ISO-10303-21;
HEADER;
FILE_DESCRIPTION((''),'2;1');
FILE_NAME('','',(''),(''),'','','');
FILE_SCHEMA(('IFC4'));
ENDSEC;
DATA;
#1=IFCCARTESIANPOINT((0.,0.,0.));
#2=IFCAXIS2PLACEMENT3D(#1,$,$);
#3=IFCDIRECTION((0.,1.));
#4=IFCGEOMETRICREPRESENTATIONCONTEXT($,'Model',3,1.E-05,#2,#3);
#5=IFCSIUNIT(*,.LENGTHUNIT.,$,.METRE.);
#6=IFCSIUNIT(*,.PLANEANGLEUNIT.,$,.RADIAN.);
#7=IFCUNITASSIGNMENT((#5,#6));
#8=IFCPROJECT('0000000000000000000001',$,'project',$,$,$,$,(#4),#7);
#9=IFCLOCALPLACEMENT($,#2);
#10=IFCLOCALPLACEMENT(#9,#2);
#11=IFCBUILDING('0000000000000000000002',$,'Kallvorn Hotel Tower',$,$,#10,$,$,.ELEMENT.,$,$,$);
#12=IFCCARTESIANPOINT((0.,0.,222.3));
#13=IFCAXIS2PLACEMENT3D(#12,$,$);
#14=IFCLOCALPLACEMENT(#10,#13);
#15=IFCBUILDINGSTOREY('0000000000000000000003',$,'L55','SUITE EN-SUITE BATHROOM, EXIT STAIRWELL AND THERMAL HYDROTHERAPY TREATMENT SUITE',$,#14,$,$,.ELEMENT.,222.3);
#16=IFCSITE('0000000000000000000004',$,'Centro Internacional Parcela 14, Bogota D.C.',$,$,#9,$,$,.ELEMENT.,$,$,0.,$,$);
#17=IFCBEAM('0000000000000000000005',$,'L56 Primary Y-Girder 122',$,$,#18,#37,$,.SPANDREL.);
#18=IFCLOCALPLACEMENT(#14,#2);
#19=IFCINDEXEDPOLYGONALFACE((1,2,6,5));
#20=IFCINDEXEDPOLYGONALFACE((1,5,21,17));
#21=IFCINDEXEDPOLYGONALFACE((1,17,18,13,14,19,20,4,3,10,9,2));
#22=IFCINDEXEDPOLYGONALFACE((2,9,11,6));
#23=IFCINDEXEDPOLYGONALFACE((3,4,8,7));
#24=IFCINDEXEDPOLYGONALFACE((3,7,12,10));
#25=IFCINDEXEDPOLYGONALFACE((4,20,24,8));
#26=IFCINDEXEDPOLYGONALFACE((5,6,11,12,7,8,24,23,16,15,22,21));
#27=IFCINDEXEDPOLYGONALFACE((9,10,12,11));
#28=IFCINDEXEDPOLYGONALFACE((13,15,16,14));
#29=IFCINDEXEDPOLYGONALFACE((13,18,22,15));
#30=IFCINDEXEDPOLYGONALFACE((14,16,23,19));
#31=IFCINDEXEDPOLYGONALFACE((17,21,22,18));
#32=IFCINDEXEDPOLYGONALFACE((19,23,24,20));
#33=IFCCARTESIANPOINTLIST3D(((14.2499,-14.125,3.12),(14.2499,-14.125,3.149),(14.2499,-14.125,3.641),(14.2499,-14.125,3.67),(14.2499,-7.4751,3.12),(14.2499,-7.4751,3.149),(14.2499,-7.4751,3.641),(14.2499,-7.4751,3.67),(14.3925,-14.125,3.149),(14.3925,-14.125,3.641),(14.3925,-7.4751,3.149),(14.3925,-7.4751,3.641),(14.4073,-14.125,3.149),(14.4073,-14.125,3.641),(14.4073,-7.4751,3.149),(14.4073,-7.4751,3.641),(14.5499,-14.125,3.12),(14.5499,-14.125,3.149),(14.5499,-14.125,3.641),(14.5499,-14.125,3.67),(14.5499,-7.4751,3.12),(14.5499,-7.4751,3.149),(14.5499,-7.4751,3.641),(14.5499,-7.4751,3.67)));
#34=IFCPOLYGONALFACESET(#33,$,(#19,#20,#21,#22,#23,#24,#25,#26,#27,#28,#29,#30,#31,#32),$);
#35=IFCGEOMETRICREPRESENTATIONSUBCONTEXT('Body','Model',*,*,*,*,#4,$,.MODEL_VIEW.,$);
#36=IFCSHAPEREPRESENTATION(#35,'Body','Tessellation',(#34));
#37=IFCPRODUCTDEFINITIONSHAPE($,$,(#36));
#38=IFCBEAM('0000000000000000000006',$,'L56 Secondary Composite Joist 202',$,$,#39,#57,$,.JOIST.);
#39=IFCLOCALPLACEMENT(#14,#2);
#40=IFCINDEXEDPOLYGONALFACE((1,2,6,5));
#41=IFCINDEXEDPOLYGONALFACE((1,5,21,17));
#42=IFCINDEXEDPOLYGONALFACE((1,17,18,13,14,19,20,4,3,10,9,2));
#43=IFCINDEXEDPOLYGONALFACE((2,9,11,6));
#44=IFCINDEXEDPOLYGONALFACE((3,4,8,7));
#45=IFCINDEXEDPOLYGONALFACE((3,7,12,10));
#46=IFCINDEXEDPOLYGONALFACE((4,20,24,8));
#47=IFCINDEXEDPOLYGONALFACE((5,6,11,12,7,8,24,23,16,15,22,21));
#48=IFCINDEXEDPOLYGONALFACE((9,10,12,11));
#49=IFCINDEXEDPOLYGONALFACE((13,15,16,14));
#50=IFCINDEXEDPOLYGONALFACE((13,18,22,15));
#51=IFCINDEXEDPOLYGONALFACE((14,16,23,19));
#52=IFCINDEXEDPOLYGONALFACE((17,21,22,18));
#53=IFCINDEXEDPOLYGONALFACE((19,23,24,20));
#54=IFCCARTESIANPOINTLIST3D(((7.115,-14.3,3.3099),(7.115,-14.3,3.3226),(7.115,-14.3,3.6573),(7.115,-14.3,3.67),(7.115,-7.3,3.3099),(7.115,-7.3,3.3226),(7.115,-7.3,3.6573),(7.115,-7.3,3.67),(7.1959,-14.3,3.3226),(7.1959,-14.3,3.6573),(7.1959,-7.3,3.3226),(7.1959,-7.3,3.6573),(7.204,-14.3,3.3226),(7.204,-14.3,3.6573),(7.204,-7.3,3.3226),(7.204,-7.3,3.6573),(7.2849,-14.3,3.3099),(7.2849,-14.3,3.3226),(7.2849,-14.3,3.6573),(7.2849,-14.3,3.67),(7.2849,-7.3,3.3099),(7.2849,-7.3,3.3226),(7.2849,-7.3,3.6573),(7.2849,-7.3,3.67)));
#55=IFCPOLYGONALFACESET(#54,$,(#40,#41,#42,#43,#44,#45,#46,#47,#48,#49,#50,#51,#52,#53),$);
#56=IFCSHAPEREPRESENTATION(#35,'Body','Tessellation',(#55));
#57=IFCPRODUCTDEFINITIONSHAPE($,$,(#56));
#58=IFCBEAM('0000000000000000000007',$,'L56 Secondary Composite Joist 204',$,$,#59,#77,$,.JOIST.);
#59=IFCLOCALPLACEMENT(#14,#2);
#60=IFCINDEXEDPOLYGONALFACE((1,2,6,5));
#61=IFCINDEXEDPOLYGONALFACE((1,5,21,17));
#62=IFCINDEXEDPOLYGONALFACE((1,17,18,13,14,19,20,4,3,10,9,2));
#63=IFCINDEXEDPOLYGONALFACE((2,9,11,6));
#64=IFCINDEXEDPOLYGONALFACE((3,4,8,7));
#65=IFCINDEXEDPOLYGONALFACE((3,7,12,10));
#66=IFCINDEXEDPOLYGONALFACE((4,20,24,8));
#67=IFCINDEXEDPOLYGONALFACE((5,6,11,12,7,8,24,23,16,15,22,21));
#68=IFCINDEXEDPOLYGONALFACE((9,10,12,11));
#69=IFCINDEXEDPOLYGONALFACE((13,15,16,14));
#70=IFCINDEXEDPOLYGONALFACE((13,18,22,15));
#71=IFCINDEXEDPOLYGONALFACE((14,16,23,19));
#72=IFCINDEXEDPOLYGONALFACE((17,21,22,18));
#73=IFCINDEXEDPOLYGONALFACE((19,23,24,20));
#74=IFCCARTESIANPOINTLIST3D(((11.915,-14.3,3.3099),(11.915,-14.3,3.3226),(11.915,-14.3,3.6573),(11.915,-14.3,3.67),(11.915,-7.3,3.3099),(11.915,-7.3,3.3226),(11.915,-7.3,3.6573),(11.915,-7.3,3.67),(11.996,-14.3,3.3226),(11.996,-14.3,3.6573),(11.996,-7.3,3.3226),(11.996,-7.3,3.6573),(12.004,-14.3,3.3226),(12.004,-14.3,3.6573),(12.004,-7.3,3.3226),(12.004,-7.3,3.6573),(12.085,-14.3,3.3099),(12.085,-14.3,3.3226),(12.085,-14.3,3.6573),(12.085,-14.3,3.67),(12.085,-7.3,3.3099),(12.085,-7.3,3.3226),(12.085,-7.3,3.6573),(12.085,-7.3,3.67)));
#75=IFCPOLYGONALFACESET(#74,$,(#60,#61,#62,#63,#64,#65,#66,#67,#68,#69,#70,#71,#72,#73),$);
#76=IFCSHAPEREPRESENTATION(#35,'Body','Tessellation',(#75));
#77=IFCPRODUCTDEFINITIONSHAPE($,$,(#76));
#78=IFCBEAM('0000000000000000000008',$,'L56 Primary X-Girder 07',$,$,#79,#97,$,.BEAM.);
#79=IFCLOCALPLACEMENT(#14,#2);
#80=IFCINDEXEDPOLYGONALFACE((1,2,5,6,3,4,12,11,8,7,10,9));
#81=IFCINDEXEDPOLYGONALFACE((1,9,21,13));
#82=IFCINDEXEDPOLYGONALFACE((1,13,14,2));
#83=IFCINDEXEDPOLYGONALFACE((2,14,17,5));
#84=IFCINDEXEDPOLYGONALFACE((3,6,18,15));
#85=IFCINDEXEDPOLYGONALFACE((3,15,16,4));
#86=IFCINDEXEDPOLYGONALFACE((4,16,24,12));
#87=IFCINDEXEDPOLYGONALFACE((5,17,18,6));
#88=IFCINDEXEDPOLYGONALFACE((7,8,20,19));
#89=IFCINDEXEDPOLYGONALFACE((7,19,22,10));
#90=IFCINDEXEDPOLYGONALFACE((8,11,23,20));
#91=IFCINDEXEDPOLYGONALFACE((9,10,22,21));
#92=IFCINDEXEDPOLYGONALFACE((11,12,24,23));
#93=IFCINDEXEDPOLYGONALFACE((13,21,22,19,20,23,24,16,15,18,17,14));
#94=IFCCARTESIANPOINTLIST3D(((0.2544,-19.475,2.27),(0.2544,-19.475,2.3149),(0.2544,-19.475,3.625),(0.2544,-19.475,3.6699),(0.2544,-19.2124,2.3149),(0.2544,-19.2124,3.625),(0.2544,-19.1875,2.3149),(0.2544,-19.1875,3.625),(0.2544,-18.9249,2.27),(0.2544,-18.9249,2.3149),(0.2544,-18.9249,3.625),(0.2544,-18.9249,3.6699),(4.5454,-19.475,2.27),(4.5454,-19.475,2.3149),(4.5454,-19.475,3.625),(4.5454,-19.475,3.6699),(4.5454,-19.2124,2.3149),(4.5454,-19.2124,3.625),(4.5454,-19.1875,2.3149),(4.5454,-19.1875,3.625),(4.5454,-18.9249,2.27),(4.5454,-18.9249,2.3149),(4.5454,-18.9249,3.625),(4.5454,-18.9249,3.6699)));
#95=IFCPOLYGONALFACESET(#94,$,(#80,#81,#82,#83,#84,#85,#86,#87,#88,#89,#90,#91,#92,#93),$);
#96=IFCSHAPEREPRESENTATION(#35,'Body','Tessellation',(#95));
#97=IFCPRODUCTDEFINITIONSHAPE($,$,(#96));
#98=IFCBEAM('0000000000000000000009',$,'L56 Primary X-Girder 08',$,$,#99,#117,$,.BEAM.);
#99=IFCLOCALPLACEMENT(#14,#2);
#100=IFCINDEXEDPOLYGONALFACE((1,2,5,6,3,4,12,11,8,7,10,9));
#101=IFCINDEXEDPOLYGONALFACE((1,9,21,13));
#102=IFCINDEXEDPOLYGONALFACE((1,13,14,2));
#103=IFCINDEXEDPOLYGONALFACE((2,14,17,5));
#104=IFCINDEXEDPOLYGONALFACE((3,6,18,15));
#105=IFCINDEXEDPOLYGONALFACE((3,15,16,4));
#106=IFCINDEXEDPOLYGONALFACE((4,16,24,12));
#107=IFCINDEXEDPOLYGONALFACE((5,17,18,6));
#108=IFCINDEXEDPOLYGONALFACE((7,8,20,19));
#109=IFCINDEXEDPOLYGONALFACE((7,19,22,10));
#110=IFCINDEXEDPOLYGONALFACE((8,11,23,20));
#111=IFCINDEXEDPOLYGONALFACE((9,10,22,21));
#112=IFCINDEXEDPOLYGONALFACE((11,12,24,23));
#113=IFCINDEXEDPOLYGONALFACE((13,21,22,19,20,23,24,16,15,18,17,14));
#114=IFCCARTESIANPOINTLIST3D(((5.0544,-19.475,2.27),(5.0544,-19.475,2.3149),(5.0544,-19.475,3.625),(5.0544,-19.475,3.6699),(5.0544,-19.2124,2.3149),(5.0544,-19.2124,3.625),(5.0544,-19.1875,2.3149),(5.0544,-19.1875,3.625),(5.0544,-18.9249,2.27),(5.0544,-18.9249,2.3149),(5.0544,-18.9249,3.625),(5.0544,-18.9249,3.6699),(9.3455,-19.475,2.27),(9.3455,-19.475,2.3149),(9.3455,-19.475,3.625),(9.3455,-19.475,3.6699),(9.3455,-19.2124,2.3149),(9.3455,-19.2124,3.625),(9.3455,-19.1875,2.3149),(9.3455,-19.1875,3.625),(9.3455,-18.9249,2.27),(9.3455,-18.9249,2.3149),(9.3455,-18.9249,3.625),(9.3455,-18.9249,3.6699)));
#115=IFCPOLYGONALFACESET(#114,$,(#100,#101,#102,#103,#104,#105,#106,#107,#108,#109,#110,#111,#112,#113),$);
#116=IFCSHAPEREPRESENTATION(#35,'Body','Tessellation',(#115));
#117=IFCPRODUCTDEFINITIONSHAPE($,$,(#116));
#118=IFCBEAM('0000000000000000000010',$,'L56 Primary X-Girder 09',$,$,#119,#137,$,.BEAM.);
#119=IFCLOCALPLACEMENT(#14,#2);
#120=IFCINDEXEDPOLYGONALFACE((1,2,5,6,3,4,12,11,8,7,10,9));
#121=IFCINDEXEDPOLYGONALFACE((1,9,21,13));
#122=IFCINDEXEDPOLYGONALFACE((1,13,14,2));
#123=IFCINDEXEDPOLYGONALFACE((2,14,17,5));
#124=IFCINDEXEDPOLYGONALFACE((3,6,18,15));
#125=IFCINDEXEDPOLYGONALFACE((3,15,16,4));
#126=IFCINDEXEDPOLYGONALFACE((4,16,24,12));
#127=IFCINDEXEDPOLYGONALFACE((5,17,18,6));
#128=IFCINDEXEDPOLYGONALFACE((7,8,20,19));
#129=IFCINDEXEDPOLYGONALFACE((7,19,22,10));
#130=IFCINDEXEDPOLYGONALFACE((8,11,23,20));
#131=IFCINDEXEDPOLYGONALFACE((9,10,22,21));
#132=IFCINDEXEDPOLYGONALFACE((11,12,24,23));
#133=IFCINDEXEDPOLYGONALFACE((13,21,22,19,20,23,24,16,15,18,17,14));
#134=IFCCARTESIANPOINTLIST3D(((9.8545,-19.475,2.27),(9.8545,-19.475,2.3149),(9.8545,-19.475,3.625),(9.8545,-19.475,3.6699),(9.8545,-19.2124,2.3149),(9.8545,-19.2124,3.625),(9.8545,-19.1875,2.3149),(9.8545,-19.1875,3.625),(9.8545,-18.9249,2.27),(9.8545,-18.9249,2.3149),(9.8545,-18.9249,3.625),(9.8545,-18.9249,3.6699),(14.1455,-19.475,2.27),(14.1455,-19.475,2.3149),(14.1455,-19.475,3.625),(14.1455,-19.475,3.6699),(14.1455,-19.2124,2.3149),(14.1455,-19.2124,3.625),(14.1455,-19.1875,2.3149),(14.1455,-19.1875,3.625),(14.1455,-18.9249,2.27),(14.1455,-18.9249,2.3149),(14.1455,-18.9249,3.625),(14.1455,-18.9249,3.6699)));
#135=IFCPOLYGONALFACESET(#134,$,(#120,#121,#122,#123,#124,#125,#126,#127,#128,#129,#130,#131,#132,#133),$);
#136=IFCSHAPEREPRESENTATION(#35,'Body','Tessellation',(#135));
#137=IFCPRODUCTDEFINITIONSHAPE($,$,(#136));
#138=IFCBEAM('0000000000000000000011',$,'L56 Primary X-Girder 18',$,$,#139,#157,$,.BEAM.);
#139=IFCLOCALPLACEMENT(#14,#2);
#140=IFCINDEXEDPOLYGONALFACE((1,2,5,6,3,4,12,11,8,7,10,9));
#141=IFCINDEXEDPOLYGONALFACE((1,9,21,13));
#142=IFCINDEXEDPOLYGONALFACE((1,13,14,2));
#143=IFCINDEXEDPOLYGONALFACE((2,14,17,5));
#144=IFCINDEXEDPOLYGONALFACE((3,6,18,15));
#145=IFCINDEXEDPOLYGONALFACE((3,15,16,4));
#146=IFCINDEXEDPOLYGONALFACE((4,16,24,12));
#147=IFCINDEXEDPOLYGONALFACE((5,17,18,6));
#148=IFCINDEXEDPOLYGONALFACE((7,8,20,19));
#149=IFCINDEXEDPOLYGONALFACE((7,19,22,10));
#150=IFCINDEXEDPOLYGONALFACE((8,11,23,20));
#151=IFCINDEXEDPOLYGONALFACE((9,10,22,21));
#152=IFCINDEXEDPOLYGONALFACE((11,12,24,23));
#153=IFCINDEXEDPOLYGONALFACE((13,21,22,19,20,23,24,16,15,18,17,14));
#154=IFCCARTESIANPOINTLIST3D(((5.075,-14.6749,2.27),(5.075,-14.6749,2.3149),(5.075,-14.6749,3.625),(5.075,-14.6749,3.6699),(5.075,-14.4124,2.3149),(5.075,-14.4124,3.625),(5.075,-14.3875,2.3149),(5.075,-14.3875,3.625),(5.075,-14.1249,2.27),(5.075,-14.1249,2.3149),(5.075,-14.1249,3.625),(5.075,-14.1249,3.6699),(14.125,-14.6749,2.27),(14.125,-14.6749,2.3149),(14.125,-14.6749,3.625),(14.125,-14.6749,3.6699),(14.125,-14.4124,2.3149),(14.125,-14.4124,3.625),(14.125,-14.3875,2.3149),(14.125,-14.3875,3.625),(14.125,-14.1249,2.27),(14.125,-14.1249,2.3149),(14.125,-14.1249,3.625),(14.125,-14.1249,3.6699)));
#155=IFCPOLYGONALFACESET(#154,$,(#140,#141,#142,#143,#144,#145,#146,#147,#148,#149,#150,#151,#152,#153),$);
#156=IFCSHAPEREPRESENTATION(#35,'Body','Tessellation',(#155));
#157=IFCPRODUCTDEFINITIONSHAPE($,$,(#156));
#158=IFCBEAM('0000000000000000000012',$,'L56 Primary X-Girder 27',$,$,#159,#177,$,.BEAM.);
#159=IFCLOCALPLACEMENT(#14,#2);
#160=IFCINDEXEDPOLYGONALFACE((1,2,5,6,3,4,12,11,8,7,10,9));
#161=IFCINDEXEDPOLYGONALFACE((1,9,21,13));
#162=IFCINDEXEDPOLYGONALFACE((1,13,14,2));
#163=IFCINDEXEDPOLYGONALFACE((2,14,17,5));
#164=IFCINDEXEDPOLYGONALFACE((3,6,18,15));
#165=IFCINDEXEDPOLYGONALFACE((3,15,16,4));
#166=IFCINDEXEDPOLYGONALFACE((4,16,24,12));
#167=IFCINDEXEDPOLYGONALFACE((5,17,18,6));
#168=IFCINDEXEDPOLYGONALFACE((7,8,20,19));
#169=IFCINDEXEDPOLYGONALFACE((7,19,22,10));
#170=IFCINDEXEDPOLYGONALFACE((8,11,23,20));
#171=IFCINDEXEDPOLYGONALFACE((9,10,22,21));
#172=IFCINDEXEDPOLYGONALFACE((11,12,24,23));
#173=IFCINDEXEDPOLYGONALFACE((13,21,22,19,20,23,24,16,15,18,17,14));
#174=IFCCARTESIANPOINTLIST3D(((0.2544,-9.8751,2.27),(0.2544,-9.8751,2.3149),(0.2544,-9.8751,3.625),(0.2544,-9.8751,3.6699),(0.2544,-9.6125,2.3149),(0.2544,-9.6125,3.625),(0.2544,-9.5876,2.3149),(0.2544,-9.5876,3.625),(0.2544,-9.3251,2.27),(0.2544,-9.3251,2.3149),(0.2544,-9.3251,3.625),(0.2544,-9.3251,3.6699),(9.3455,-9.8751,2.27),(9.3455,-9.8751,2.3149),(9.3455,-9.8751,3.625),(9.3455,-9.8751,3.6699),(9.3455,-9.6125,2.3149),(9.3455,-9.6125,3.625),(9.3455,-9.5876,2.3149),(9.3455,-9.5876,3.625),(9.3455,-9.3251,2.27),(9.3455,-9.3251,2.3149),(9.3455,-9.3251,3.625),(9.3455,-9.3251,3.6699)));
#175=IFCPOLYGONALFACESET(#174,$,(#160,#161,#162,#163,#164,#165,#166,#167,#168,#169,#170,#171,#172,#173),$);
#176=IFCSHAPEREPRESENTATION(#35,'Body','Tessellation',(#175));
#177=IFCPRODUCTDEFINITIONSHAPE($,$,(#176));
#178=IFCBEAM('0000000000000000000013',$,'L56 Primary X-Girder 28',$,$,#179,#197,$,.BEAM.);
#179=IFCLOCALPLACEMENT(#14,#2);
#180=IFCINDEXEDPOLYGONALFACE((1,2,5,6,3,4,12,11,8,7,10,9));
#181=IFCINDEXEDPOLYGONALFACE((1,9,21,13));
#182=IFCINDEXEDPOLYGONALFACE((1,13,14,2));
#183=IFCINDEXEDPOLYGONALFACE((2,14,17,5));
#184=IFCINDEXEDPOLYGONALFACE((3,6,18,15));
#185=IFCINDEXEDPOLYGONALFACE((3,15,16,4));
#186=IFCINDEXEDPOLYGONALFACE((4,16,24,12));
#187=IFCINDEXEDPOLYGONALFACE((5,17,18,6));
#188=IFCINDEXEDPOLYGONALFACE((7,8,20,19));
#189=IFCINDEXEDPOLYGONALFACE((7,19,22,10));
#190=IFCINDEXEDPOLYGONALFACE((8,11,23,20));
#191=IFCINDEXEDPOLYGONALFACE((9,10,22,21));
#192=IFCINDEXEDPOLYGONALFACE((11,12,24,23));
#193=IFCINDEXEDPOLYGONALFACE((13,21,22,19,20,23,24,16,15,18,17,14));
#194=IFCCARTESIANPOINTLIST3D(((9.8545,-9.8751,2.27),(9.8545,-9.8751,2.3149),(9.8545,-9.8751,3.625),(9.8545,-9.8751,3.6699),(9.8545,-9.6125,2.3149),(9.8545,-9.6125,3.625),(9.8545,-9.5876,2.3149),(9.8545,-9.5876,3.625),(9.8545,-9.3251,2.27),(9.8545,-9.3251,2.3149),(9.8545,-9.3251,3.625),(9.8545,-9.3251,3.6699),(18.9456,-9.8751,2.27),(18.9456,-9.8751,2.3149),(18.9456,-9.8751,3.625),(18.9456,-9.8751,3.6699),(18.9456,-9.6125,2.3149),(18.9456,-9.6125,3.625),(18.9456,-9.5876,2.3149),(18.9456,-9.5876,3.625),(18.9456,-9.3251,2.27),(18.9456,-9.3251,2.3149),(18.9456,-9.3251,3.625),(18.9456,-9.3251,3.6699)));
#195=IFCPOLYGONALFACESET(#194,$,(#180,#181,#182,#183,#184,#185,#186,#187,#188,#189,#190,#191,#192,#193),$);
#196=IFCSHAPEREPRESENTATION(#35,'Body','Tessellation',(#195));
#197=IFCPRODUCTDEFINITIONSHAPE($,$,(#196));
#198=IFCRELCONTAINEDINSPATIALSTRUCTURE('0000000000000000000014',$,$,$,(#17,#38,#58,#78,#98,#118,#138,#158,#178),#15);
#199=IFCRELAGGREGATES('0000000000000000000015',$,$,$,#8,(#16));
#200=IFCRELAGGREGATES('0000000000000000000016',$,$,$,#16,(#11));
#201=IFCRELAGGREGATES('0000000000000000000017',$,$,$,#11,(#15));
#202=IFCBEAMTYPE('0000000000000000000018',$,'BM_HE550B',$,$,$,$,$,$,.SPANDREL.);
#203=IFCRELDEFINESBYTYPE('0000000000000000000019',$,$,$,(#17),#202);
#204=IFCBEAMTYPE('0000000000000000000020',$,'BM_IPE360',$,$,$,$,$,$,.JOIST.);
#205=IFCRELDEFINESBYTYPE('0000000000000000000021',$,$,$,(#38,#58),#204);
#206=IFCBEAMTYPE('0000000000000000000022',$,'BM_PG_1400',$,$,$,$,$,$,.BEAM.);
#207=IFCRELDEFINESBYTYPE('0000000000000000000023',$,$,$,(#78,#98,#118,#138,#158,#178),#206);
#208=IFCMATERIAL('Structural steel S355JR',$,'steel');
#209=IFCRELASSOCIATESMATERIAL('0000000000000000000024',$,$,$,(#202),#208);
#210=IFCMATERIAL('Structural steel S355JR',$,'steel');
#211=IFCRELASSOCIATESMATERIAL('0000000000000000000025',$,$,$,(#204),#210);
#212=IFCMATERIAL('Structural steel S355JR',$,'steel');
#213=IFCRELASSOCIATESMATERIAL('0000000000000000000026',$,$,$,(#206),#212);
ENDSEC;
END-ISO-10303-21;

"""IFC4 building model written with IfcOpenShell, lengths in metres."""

from ifc_helpers import new_model, si_unit, direction, frame, origin, origin_2d, place, context, subcontext, project, spatial, i_section, extrude, material, material_profile, profile_set, type_object, element, save


model = new_model("IFC4")

# Units and contexts
model_context = context("Model", 3, precision=1e-05, world=origin(), true_north=direction((0.0, 1.0)))
body_context = subcontext(model_context, "Body", "Model", "MODEL_VIEW")
ifc_project = project(units=[si_unit("LENGTHUNIT", "METRE"), si_unit("PLANEANGLEUNIT", "RADIAN")], contexts=[model_context])

# Site, building, storey
site_placement = place(None, origin())
site = spatial("IfcSite", under=ifc_project, at=site_placement, Name="Centro Internacional Parcela 14, Bogota D.C.", CompositionType="ELEMENT", RefElevation=0.0)
building_placement = place(site_placement, origin())
building = spatial("IfcBuilding", under=site, at=building_placement, Name="Kallvorn Hotel Tower", CompositionType="ELEMENT")
storey_placement = place(building_placement, frame((0.0, 0.0, 222.3)))
storey = spatial("IfcBuildingStorey", under=building, at=storey_placement, Name="L55", Description="SUITE EN-SUITE BATHROOM, EXIT STAIRWELL AND THERMAL HYDROTHERAPY TREATMENT SUITE", CompositionType="ELEMENT", Elevation=222.3)

# Beams
ifc_material_1 = material(Name="Structural steel S355JR", Category="steel")
ifc_material_profile_1 = material_profile(ifc_material_1, i_section(OverallWidth=0.3, OverallDepth=0.55, WebThickness=0.0149, FlangeThickness=0.0291, at=origin_2d()), Name="HE 550 B")
ifc_profile_set_1 = profile_set([ifc_material_profile_1], Name="Structural steel S355JR")
beam_type_1 = type_object("IfcBeamType", Name="BM_HE550B", PredefinedType="SPANDREL", material=ifc_profile_set_1)
beam_1_placement = place(storey_placement, frame((14.3999, -14.125, 3.395), z_axis=(0.0, 1.0, 0.0), x_axis=(-1.0, 0.0, 0.0)))
element("IfcBeam", 1, at=beam_1_placement, inside=storey, type_object=beam_type_1, Name="L56 Primary Y-Girder 122", PredefinedType="SPANDREL", context=body_context, shape_type="SweptSolid", body=[
    extrude(i_section(OverallWidth=0.3, OverallDepth=0.55, WebThickness=0.0149, FlangeThickness=0.0291, at=origin_2d()), origin(), (0.0, 0.0, 1.0), 6.6499),
])
ifc_material_2 = material(Name="Structural steel S355JR", Category="steel")
ifc_material_profile_2 = material_profile(ifc_material_2, i_section(OverallWidth=0.1699, OverallDepth=0.3601, WebThickness=0.0081, FlangeThickness=0.0127, at=origin_2d()), Name="IPE 360")
ifc_profile_set_2 = profile_set([ifc_material_profile_2], Name="Structural steel S355JR")
beam_type_2 = type_object("IfcBeamType", Name="BM_IPE360", PredefinedType="JOIST", material=ifc_profile_set_2)
for number, where, z_axis, x_axis, name in (
    (2, (7.2, -14.3, 3.49), (0.0, 1.0, 0.0), (-1.0, 0.0, 0.0), "L56 Secondary Composite Joist 202"),
    (3, (12.0, -14.3, 3.49), (0.0, 1.0, 0.0), (-1.0, 0.0, 0.0), "L56 Secondary Composite Joist 204"),
):
    element("IfcBeam", number, at=place(storey_placement, frame(where, z_axis=z_axis, x_axis=x_axis)), inside=storey, type_object=beam_type_2, Name=name, PredefinedType="JOIST", context=body_context, shape_type="SweptSolid", body=[
        extrude(i_section(OverallWidth=0.1699, OverallDepth=0.3601, WebThickness=0.0081, FlangeThickness=0.0127, at=origin_2d()), origin(), (0.0, 0.0, 1.0), 7.0),
    ])
ifc_material_3 = material(Name="Structural steel S355JR", Category="steel")
ifc_material_profile_3 = material_profile(ifc_material_3, i_section(OverallWidth=0.55, OverallDepth=1.3999, WebThickness=0.0249, FlangeThickness=0.0449, at=origin_2d()), Name="PG 1400x550x25x45")
ifc_profile_set_3 = profile_set([ifc_material_profile_3], Name="Structural steel S355JR")
beam_type_3 = type_object("IfcBeamType", Name="BM_PG_1400", PredefinedType="BEAM", material=ifc_profile_set_3)
for number, where, z_axis, x_axis, name in (
    (4, (0.2544, -19.2, 2.97), (1.0, 0.0, 0.0), (0.0, 1.0, 0.0), "L56 Primary X-Girder 07"),
    (5, (5.0544, -19.2, 2.97), (1.0, 0.0, 0.0), (0.0, 1.0, 0.0), "L56 Primary X-Girder 08"),
    (6, (9.8545, -19.2, 2.97), (1.0, 0.0, 0.0), (0.0, 1.0, 0.0), "L56 Primary X-Girder 09"),
):
    element("IfcBeam", number, at=place(storey_placement, frame(where, z_axis=z_axis, x_axis=x_axis)), inside=storey, type_object=beam_type_3, Name=name, PredefinedType="BEAM", context=body_context, shape_type="SweptSolid", body=[
        extrude(i_section(OverallWidth=0.55, OverallDepth=1.3999, WebThickness=0.0249, FlangeThickness=0.0449, at=origin_2d()), origin(), (0.0, 0.0, 1.0), 4.291),
    ])
beam_2_placement = place(storey_placement, frame((5.075, -14.3999, 2.97), z_axis=(1.0, 0.0, 0.0), x_axis=(0.0, 1.0, 0.0)))
element("IfcBeam", 7, at=beam_2_placement, inside=storey, type_object=beam_type_3, Name="L56 Primary X-Girder 18", PredefinedType="BEAM", context=body_context, shape_type="SweptSolid", body=[
    extrude(i_section(OverallWidth=0.55, OverallDepth=1.3999, WebThickness=0.0249, FlangeThickness=0.0449, at=origin_2d()), origin(), (0.0, 0.0, 1.0), 9.05),
])
for number, where, z_axis, x_axis, name in (
    (8, (0.2544, -9.6001, 2.97), (1.0, 0.0, 0.0), (0.0, 1.0, 0.0), "L56 Primary X-Girder 27"),
    (9, (9.8545, -9.6001, 2.97), (1.0, 0.0, 0.0), (0.0, 1.0, 0.0), "L56 Primary X-Girder 28"),
):
    element("IfcBeam", number, at=place(storey_placement, frame(where, z_axis=z_axis, x_axis=x_axis)), inside=storey, type_object=beam_type_3, Name=name, PredefinedType="BEAM", context=body_context, shape_type="SweptSolid", body=[
        extrude(i_section(OverallWidth=0.55, OverallDepth=1.3999, WebThickness=0.0249, FlangeThickness=0.0449, at=origin_2d()), origin(), (0.0, 0.0, 1.0), 9.0911),
    ])

save(model, "model.ifc")
